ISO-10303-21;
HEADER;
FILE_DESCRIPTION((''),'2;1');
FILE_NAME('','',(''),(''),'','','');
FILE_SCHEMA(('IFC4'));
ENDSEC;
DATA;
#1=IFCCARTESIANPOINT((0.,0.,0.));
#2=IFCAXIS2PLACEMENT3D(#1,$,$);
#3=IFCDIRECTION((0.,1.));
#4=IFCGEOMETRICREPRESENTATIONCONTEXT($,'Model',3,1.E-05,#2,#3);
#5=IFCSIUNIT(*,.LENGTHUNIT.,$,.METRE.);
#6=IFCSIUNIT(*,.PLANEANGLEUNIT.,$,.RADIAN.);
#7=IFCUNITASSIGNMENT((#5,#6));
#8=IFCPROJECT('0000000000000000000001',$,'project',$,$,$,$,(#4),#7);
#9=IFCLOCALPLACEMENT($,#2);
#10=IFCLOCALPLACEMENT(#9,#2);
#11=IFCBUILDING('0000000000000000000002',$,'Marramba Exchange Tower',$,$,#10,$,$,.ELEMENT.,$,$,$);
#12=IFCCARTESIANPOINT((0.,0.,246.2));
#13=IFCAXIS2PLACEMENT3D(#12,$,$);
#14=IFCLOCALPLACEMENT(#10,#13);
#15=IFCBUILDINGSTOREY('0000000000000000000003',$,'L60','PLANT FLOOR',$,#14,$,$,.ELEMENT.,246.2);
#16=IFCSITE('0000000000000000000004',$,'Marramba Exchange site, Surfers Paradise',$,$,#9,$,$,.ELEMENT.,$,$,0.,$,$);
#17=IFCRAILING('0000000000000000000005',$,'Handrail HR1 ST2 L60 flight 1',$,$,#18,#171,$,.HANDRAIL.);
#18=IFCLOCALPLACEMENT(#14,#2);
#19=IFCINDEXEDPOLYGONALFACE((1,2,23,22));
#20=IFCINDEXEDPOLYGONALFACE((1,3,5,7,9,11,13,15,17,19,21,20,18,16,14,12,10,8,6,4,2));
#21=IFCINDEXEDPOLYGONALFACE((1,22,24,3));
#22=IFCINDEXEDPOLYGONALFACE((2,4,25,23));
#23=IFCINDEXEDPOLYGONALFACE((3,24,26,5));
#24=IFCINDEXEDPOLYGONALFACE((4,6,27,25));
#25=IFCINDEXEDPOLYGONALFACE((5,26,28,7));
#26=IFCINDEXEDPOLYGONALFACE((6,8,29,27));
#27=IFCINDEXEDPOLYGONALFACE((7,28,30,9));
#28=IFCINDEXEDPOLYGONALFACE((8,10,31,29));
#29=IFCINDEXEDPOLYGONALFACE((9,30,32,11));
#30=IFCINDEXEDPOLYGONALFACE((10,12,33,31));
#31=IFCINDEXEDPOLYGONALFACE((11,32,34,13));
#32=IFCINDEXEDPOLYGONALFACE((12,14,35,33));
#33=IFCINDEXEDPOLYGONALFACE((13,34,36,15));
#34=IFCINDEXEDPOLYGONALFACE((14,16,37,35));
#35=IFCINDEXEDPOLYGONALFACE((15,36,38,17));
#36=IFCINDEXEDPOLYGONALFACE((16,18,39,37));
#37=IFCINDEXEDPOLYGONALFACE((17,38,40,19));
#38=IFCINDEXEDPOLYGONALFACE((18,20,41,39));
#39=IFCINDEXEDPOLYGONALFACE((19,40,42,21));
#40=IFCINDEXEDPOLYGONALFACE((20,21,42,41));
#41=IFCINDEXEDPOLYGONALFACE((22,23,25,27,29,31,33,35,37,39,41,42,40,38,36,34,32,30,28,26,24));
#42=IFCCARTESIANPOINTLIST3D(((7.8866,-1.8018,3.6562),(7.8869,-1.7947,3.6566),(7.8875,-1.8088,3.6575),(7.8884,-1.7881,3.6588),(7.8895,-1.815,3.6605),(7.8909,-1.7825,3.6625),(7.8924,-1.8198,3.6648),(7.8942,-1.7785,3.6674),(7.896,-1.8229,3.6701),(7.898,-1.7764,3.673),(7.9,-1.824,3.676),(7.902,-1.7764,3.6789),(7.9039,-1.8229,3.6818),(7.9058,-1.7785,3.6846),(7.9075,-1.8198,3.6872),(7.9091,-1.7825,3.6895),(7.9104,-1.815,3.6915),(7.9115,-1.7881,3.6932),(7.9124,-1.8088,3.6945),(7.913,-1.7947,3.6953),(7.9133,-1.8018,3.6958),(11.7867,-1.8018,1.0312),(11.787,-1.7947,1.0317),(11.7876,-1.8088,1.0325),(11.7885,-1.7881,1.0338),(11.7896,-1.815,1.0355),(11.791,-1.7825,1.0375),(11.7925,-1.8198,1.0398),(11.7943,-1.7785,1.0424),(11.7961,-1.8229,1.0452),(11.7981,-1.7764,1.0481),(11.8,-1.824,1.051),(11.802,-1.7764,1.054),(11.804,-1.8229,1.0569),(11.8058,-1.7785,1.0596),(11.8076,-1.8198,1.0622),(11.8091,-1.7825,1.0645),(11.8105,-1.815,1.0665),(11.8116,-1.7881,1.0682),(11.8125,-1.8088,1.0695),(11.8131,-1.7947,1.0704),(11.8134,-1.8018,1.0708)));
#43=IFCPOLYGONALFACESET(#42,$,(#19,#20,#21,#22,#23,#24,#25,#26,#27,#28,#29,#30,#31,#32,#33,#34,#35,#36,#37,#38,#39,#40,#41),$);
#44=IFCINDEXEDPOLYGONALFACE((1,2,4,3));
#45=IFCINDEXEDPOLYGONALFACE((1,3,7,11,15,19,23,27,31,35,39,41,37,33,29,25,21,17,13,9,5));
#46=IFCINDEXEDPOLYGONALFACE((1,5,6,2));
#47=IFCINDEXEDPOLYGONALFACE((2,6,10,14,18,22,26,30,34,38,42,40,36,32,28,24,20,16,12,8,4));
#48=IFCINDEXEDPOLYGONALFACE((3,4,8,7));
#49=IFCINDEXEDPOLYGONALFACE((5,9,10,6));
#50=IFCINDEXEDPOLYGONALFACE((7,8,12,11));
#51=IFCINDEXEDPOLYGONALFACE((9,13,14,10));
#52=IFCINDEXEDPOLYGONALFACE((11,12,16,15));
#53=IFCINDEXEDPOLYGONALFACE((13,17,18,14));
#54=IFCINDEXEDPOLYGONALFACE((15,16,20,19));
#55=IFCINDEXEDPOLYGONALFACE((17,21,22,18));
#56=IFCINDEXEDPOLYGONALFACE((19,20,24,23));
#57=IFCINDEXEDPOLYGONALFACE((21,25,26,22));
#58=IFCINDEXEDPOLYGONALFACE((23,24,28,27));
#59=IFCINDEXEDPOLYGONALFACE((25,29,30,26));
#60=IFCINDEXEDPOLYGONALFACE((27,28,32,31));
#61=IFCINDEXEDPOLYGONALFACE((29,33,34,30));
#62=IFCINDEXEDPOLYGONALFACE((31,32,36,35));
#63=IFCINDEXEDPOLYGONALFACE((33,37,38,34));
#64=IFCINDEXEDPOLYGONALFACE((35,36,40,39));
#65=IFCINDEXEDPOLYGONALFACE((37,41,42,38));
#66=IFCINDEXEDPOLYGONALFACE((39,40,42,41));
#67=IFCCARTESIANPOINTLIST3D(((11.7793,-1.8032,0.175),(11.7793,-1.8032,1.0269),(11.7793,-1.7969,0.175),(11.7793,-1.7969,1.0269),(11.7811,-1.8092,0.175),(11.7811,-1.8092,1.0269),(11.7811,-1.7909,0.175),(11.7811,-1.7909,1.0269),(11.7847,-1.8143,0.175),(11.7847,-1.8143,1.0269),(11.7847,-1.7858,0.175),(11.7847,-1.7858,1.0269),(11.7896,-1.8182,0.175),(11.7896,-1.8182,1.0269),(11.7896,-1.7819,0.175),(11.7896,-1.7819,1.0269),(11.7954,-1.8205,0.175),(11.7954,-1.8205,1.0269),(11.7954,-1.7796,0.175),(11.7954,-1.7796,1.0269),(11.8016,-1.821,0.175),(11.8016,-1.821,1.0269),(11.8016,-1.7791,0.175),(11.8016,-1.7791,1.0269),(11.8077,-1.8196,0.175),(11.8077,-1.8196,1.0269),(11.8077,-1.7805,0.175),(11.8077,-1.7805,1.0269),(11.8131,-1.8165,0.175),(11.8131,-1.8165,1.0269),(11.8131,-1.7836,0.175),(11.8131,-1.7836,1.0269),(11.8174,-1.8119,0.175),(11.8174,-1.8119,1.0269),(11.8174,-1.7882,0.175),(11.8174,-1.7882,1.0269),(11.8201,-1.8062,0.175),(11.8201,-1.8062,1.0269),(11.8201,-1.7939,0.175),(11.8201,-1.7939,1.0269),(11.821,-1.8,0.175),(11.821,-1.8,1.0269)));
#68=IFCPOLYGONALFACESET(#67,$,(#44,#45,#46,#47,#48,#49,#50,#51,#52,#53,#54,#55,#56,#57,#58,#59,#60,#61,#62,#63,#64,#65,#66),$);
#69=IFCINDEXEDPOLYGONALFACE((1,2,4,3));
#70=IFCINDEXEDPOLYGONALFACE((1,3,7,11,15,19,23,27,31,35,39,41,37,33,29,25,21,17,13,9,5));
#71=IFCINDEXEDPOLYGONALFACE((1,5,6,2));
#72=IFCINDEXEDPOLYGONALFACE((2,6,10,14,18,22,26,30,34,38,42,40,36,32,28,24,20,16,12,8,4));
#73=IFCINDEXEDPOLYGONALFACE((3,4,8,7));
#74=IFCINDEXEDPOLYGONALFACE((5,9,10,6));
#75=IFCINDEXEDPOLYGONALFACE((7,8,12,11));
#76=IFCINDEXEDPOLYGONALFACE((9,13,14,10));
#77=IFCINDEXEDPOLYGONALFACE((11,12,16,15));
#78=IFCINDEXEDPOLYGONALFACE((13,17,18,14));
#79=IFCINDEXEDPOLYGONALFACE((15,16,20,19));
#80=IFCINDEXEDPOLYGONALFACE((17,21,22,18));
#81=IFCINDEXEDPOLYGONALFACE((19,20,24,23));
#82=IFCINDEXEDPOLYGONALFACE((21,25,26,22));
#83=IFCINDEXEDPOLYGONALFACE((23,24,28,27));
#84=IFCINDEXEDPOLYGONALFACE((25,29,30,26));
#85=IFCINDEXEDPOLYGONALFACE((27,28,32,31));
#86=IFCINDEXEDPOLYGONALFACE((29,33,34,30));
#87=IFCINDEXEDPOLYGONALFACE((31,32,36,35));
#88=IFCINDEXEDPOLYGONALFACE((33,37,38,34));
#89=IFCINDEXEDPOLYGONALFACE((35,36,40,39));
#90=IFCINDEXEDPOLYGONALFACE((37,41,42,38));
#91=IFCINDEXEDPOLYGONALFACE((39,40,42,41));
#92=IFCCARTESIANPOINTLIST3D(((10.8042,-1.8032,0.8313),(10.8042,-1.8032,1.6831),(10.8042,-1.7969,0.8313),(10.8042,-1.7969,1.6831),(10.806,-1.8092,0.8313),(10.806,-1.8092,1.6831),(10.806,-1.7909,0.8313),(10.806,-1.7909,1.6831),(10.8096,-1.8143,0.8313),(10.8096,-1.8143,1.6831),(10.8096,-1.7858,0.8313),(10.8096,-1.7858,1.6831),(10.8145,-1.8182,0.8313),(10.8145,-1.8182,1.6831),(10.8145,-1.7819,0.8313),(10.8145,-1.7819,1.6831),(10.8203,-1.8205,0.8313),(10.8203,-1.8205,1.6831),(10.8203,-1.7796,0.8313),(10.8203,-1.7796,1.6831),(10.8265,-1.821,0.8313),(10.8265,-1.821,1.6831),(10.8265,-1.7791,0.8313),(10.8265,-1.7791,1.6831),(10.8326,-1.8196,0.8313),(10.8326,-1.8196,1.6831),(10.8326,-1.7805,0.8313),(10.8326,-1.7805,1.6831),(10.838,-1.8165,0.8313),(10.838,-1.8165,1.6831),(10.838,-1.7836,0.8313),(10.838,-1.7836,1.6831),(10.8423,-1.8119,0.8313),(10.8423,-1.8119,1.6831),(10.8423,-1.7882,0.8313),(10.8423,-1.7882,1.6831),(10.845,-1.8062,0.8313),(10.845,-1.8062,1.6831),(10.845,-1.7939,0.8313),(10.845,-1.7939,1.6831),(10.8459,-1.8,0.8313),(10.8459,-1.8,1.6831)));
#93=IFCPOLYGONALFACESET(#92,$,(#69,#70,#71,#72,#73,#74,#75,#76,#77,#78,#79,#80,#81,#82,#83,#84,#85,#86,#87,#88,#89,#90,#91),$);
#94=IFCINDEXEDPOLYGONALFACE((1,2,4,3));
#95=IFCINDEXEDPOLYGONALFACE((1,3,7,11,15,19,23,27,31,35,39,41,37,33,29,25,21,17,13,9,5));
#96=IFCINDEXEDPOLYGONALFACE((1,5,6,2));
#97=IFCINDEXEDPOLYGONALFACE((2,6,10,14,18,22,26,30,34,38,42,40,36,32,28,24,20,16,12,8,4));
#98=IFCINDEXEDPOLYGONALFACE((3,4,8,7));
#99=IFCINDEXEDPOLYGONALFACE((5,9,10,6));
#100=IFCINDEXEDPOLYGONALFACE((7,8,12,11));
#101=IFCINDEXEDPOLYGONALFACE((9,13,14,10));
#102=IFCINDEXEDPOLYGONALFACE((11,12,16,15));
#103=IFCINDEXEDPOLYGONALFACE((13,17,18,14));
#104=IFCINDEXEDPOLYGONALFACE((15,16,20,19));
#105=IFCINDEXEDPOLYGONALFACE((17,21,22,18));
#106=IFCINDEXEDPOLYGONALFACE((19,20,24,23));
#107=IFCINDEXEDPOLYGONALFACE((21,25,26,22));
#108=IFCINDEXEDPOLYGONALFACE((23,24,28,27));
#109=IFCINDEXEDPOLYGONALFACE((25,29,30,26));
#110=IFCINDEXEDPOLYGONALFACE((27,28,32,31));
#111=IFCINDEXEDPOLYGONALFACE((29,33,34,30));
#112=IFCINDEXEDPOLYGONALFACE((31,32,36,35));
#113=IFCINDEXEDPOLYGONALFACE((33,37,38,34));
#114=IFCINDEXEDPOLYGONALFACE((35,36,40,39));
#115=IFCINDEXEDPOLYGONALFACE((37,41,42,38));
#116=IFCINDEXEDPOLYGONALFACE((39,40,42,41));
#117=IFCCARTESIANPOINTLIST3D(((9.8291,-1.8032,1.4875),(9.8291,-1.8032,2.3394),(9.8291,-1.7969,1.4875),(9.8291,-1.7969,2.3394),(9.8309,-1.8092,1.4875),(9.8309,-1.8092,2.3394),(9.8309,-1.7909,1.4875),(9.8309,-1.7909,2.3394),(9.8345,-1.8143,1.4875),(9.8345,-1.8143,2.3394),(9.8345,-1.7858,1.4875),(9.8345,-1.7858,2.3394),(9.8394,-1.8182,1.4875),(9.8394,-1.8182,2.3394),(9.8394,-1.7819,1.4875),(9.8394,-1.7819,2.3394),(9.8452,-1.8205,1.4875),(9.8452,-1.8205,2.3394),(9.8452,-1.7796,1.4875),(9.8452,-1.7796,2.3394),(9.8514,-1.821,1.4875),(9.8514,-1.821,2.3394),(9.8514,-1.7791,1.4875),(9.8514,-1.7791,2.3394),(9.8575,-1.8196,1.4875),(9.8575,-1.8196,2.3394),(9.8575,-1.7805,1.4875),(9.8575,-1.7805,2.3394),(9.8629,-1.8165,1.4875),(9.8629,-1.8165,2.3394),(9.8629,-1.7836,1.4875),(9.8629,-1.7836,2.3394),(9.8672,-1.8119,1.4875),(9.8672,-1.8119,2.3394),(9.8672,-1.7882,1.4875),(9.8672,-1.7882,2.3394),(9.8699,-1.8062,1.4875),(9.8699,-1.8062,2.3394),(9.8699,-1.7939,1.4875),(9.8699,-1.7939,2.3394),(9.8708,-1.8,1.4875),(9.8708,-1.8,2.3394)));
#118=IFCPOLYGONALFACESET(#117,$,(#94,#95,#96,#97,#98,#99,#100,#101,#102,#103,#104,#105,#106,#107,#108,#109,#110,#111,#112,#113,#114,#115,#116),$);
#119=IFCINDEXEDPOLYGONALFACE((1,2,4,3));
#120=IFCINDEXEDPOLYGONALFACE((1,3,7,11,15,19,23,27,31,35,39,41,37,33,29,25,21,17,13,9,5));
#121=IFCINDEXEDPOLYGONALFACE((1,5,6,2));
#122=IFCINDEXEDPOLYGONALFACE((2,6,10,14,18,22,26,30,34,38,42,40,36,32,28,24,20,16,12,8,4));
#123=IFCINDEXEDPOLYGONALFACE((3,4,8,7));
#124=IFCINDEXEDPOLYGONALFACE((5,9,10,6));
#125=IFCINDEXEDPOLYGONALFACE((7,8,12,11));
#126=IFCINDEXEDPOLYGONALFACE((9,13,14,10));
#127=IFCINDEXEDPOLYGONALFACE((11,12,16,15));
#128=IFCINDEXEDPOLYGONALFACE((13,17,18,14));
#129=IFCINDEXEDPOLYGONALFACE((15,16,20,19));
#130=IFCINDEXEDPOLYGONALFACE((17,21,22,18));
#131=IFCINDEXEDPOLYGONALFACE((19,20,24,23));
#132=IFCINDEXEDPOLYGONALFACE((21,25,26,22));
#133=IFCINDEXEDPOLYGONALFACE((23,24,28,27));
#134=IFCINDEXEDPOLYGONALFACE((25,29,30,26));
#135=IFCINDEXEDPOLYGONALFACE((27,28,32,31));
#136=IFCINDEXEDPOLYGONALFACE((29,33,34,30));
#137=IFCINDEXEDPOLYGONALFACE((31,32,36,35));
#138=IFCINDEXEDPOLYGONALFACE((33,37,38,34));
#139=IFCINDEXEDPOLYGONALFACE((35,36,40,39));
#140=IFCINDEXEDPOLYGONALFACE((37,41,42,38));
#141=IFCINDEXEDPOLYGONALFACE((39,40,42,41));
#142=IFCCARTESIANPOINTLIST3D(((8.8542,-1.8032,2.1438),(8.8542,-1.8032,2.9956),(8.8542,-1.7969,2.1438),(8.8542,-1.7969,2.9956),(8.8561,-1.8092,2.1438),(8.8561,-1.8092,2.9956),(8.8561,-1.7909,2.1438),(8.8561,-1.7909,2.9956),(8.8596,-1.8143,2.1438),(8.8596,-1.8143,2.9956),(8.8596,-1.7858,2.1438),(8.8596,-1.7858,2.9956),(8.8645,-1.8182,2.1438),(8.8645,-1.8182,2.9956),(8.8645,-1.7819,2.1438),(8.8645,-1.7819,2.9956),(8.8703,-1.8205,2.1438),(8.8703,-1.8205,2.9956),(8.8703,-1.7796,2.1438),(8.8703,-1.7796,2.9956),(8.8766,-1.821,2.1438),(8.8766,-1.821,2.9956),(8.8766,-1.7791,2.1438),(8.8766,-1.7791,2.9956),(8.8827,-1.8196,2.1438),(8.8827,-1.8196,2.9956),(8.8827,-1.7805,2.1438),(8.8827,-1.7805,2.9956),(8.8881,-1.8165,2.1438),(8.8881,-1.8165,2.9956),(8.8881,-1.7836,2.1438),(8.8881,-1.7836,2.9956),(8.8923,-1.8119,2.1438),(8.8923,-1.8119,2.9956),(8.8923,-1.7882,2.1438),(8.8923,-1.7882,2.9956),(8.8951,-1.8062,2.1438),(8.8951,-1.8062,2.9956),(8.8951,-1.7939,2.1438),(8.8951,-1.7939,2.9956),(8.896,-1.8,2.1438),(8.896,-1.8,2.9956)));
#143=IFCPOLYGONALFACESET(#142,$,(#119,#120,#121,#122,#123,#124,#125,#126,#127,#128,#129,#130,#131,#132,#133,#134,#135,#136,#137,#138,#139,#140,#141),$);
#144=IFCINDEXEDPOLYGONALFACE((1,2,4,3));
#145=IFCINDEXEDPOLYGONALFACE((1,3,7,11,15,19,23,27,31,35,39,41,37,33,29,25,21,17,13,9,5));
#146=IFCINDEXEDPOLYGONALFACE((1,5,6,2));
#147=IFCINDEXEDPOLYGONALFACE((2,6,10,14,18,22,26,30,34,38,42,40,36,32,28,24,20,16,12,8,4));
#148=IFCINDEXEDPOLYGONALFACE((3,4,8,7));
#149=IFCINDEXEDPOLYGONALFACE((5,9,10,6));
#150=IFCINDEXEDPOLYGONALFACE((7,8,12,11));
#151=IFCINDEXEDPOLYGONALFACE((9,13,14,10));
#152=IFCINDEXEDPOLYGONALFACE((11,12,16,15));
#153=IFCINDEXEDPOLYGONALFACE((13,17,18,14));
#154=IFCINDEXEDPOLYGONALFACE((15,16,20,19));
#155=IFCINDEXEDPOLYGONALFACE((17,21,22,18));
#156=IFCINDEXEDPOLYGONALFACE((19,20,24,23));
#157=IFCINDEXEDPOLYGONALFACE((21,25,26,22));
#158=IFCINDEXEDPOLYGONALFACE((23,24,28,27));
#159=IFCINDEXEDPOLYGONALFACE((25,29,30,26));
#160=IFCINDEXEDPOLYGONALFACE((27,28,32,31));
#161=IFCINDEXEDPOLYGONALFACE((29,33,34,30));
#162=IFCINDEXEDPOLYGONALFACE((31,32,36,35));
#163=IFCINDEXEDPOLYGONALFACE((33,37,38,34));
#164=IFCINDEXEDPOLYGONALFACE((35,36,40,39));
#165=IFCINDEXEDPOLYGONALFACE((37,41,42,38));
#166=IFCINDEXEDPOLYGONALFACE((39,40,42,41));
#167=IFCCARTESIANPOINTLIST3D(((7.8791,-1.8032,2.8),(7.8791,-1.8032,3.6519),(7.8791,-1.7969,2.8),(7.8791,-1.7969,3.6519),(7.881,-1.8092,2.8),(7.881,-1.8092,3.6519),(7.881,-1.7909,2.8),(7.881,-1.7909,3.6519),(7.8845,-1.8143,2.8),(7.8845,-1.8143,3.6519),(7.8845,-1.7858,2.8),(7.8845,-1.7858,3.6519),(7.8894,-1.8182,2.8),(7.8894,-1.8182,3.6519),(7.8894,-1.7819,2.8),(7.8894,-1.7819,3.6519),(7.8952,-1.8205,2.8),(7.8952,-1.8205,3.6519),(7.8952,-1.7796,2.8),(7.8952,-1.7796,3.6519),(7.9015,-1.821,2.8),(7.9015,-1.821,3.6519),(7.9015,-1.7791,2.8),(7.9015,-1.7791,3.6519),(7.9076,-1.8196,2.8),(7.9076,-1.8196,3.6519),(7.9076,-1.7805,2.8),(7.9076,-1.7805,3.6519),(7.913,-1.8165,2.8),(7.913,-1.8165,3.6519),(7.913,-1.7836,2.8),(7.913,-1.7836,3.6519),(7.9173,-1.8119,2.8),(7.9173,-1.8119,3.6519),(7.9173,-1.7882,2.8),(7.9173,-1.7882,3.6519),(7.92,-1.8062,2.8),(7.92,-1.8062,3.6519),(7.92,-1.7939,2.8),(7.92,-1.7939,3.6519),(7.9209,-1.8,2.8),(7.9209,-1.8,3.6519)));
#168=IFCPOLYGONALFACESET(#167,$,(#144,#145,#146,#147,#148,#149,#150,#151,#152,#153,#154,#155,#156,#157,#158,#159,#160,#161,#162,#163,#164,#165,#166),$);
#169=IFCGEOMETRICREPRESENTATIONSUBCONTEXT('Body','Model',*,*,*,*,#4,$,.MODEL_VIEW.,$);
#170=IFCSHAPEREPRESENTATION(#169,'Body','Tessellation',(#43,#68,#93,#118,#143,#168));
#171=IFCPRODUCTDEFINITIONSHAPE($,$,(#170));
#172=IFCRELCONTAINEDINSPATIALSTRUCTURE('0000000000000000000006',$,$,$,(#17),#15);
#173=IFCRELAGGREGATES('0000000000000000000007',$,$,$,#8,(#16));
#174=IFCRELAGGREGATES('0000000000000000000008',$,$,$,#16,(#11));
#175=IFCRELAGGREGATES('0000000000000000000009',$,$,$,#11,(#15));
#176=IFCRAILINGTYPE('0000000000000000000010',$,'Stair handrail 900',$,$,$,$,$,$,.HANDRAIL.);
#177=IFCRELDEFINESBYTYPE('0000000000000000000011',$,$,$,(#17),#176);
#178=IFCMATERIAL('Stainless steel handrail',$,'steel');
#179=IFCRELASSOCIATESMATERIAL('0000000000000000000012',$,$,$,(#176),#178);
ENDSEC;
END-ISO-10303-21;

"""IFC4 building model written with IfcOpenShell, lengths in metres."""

from ifc_helpers import new_model, si_unit, direction, frame, origin, origin_2d, place, context, subcontext, project, spatial, circle, extrude, material, type_object, element, save


model = new_model("IFC4")

# Units and contexts
model_context = context("Model", 3, precision=1e-05, world=origin(), true_north=direction((0.0, 1.0)))
body_context = subcontext(model_context, "Body", "Model", "MODEL_VIEW")
ifc_project = project(units=[si_unit("LENGTHUNIT", "METRE"), si_unit("PLANEANGLEUNIT", "RADIAN")], contexts=[model_context])

# Site, building, storey
site_placement = place(None, origin())
site = spatial("IfcSite", under=ifc_project, at=site_placement, Name="Marramba Exchange site, Surfers Paradise", CompositionType="ELEMENT", RefElevation=0.0)
building_placement = place(site_placement, origin())
building = spatial("IfcBuilding", under=site, at=building_placement, Name="Marramba Exchange Tower", CompositionType="ELEMENT")
storey_placement = place(building_placement, frame((0.0, 0.0, 246.2)))
storey = spatial("IfcBuildingStorey", under=building, at=storey_placement, Name="L60", Description="PLANT FLOOR", CompositionType="ELEMENT", Elevation=246.2)

# Railing
ifc_material_1 = material(Name="Stainless steel handrail", Category="steel")
railing_type = type_object("IfcRailingType", Name="Stair handrail 900", PredefinedType="HANDRAIL", material=ifc_material_1)
railing_placement = place(storey_placement, frame((11.8, -1.8, 0.175)))
element("IfcRailing", 1, at=railing_placement, inside=storey, type_object=railing_type, Name="Handrail HR1 ST2 L60 flight 1", PredefinedType="HANDRAIL", context=body_context, shape_type="SweptSolid", body=[
    extrude(circle(Radius=0.0239, at=origin_2d()), frame((0.0, 0.0, 0.876), z_axis=(-0.829597, 0.0, 0.558362), x_axis=(0.0, -1.0, 0.0)), (0.0, 0.0, 1.0), 4.7012),
    extrude(circle(Radius=0.021, at=origin_2d()), origin(), (0.0, 0.0, 1.0), 0.8518),
    extrude(circle(Radius=0.021, at=origin_2d()), frame((-0.9751, 0.0, 0.6562)), (0.0, 0.0, 1.0), 0.8518),
    extrude(circle(Radius=0.021, at=origin_2d()), frame((-1.9502, 0.0, 1.3125)), (0.0, 0.0, 1.0), 0.8518),
    extrude(circle(Radius=0.021, at=origin_2d()), frame((-2.925, 0.0, 1.9688)), (0.0, 0.0, 1.0), 0.8518),
    extrude(circle(Radius=0.021, at=origin_2d()), frame((-3.9001, 0.0, 2.625)), (0.0, 0.0, 1.0), 0.8518),
])

save(model, "model.ifc")
